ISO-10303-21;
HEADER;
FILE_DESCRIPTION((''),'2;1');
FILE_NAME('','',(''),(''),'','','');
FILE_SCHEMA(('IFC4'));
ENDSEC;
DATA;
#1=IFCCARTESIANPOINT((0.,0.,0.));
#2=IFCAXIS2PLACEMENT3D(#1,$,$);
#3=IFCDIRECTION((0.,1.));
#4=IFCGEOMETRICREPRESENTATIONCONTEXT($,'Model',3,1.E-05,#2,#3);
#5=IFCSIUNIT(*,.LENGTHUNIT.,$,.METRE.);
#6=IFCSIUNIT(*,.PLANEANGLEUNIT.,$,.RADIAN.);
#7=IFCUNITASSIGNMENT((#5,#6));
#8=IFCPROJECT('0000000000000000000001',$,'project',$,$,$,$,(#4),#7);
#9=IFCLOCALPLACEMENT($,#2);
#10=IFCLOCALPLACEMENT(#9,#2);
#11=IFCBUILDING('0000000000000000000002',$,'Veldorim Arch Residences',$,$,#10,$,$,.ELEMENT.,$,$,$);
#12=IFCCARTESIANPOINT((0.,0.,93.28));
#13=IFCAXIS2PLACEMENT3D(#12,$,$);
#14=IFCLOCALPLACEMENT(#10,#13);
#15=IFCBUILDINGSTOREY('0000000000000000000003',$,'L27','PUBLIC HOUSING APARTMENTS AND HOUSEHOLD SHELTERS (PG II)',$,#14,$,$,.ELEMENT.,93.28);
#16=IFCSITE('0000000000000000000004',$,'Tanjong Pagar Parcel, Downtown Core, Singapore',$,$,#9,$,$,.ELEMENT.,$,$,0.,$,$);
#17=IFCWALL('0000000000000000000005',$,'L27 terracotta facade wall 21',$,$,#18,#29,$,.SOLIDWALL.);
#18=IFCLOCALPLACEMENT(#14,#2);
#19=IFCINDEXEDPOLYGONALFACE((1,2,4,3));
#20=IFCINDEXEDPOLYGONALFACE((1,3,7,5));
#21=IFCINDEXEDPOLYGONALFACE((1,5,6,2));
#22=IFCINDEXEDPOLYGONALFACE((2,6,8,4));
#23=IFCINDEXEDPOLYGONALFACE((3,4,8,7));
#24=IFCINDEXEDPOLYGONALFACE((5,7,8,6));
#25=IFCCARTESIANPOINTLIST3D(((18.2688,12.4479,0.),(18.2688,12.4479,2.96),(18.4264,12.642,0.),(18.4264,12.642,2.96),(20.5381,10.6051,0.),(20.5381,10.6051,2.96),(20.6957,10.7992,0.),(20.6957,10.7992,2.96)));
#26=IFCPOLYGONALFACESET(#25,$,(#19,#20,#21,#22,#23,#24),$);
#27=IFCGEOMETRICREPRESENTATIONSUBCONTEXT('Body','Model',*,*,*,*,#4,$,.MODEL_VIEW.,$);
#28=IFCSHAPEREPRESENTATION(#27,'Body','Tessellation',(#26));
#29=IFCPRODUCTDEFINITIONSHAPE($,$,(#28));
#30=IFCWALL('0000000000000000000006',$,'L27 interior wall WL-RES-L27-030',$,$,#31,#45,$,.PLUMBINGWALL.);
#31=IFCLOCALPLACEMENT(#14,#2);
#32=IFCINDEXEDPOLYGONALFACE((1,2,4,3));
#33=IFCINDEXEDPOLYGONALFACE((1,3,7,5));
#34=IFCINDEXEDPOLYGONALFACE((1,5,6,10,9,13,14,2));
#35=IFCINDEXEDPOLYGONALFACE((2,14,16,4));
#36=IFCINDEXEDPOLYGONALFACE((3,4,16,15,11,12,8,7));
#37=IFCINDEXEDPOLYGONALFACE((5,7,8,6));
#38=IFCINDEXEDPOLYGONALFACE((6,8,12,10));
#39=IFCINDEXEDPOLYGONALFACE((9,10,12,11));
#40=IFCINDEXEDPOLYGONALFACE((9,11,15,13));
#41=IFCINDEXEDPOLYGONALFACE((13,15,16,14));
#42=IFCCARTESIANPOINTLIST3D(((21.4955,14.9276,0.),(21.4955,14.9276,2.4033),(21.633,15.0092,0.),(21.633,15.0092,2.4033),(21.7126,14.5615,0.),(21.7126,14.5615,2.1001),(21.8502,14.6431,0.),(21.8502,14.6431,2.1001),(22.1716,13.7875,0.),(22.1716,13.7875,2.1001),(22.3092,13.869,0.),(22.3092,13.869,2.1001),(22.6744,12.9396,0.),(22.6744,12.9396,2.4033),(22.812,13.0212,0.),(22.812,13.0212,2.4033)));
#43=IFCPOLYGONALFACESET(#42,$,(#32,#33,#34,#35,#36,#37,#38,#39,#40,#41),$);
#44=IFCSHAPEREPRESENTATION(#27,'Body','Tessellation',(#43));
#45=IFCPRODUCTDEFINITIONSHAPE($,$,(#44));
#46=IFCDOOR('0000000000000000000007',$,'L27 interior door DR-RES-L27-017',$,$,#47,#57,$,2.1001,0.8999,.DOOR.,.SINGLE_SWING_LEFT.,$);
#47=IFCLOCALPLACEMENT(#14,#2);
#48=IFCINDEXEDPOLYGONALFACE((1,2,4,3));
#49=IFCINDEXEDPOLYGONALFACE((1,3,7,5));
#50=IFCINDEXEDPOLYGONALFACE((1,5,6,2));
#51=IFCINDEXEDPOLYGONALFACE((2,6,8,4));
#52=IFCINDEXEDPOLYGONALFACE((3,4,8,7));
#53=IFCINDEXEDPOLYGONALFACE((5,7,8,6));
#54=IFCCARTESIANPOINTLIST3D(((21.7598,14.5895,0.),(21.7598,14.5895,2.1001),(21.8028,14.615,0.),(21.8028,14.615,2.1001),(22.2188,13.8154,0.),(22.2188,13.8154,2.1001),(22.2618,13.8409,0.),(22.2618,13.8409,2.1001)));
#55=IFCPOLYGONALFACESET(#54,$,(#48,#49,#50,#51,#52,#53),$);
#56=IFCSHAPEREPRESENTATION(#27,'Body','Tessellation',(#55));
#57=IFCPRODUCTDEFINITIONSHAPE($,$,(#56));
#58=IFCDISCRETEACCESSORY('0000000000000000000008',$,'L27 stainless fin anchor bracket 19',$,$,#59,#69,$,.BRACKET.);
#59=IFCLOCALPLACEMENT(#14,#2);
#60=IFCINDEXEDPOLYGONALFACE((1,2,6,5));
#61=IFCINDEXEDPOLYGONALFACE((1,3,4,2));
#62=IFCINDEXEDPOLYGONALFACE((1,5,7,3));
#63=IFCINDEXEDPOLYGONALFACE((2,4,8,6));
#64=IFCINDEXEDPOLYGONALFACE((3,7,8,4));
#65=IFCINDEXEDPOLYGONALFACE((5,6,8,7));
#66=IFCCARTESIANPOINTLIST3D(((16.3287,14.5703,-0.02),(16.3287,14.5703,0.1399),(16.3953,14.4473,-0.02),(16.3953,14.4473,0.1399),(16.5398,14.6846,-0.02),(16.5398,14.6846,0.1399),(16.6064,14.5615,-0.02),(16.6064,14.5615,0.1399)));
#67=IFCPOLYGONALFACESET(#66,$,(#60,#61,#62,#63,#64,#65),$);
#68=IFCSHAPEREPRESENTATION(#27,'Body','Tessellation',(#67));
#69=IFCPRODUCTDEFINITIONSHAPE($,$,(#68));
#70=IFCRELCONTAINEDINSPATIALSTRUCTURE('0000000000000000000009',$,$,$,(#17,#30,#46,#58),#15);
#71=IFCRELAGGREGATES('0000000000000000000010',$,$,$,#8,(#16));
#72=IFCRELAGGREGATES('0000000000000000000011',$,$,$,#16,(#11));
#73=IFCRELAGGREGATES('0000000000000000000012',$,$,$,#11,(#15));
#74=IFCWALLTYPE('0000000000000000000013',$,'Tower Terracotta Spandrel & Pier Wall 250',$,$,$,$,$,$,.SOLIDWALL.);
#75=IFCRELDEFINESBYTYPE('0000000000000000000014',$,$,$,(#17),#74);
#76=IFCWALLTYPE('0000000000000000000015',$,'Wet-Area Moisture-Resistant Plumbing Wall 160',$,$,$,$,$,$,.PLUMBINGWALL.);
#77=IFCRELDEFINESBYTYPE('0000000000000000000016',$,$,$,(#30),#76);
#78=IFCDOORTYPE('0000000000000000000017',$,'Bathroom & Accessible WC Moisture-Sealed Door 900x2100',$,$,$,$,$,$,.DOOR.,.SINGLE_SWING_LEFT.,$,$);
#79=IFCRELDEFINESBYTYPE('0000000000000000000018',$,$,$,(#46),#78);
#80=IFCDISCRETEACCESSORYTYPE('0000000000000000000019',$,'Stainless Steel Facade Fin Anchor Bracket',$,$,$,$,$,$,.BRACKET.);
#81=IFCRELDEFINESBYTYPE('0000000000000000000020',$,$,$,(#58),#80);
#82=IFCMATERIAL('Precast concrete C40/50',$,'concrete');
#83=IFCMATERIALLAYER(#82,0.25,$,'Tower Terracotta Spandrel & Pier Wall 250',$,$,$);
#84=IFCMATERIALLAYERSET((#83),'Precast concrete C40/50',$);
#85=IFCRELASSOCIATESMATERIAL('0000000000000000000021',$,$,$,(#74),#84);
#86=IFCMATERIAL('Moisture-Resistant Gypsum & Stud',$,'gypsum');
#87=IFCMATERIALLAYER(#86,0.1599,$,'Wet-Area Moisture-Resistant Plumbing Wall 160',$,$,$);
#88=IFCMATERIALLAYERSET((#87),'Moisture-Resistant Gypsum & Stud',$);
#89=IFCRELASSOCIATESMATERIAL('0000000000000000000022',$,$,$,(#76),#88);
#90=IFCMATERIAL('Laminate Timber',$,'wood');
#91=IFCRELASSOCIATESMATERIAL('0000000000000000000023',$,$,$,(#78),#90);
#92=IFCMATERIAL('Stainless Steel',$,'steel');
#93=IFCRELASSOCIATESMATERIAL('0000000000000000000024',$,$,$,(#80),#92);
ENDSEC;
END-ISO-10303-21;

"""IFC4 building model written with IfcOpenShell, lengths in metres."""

from ifc_helpers import new_model, si_unit, direction, frame, frame_2d, origin, origin_2d, place, context, subcontext, project, spatial, rectangle, extrude, material, layer, layer_set, type_object, element, fill, save


model = new_model("IFC4")

# Units and contexts
model_context = context("Model", 3, precision=1e-05, world=origin(), true_north=direction((0.0, 1.0)))
body_context = subcontext(model_context, "Body", "Model", "MODEL_VIEW")
ifc_project = project(units=[si_unit("LENGTHUNIT", "METRE"), si_unit("PLANEANGLEUNIT", "RADIAN")], contexts=[model_context])

# Site, building, storey
site_placement = place(None, origin())
site = spatial("IfcSite", under=ifc_project, at=site_placement, Name="Tanjong Pagar Parcel, Downtown Core, Singapore", CompositionType="ELEMENT", RefElevation=0.0)
building_placement = place(site_placement, origin())
building = spatial("IfcBuilding", under=site, at=building_placement, Name="Veldorim Arch Residences", CompositionType="ELEMENT")
storey_placement = place(building_placement, frame((0.0, 0.0, 93.28)))
storey = spatial("IfcBuildingStorey", under=building, at=storey_placement, Name="L27", Description="PUBLIC HOUSING APARTMENTS AND HOUSEHOLD SHELTERS (PG II)", CompositionType="ELEMENT", Elevation=93.28)

# Shared definitions
ifc_material_1 = material(Name="Precast concrete C40/50", Category="concrete")
ifc_layer_1 = layer(ifc_material_1, 0.25, Name="Tower Terracotta Spandrel & Pier Wall 250")
ifc_layer_set_1 = layer_set([ifc_layer_1], Name="Precast concrete C40/50")
wall_type_1 = type_object("IfcWallType", Name="Tower Terracotta Spandrel & Pier Wall 250", PredefinedType="SOLIDWALL", material=ifc_layer_set_1)

# Wall
wall_1_placement = place(storey_placement, frame((20.6169, 10.7021, 0.0), z_axis=(0.0, 0.0, 1.0), x_axis=(-0.776285, 0.630382, 0.0)))
element("IfcWall", 1, at=wall_1_placement, inside=storey, type_object=wall_type_1, Name="L27 terracotta facade wall 21", PredefinedType="SOLIDWALL", context=body_context, shape_type="SweptSolid", body=[
    extrude(rectangle(XDim=2.9233, YDim=0.25, at=frame_2d((1.4617, 0.0))), origin(), (0.0, 0.0, 1.0), 2.96),
])

# Wall, opening, door
ifc_material_2 = material(Name="Moisture-Resistant Gypsum & Stud", Category="gypsum")
ifc_layer_2 = layer(ifc_material_2, 0.1599, Name="Wet-Area Moisture-Resistant Plumbing Wall 160")
ifc_layer_set_2 = layer_set([ifc_layer_2], Name="Moisture-Resistant Gypsum & Stud")
wall_type_2 = type_object("IfcWallType", Name="Wet-Area Moisture-Resistant Plumbing Wall 160", PredefinedType="PLUMBINGWALL", material=ifc_layer_set_2)
wall_2_placement = place(storey_placement, frame((21.5642, 14.9685, 0.0), z_axis=(0.0, 0.0, 1.0), x_axis=(0.510077, -0.860128, 0.0)))
wall_2 = element("IfcWall", 2, at=wall_2_placement, inside=storey, type_object=wall_type_2, Name="L27 interior wall WL-RES-L27-030", PredefinedType="PLUMBINGWALL", context=body_context, shape_type="SweptSolid", body=[
    extrude(rectangle(XDim=2.3113, YDim=0.1599, at=frame_2d((1.1558, 0.0))), origin(), (0.0, 0.0, 1.0), 2.4033),
])
opening_1_placement = place(wall_2_placement, frame((0.4258, 0.0, 0.0)))
opening_1 = element("IfcOpeningElement", 3, at=opening_1_placement, cuts=wall_2, PredefinedType="OPENING", context=body_context, shape_type="SweptSolid", body=[
    extrude(rectangle(XDim=0.8999, YDim=2.1001, at=frame_2d((0.45, 1.05))), frame((0.0, 0.0898, 0.0), z_axis=(0.0, -1.0, 0.0), x_axis=(1.0, 0.0, 0.0)), (0.0, 0.0, 1.0), 0.1799),
])
ifc_material_3 = material(Name="Laminate Timber", Category="wood")
door_type_1 = type_object("IfcDoorType", Name="Bathroom & Accessible WC Moisture-Sealed Door 900x2100", OperationType="SINGLE_SWING_LEFT", PredefinedType="DOOR", material=ifc_material_3)
door_1_placement = place(opening_1_placement, origin())
door_1 = element("IfcDoor", 4, at=door_1_placement, inside=storey, type_object=door_type_1, Name="L27 interior door DR-RES-L27-017", OperationType="SINGLE_SWING_LEFT", OverallHeight=2.1001, OverallWidth=0.8999, PredefinedType="DOOR", context=body_context, shape_type="SweptSolid", body=[
    extrude(rectangle(XDim=0.8999, YDim=2.1001, at=frame_2d((0.45, 1.05))), frame((0.0, 0.0249, 0.0), z_axis=(0.0, -1.0, 0.0), x_axis=(1.0, 0.0, 0.0)), (0.0, 0.0, 1.0), 0.05),
])
fill(opening_1, door_1)

# Discrete accessory
ifc_material_4 = material(Name="Stainless Steel", Category="steel")
discrete_accessory_type = type_object("IfcDiscreteAccessoryType", Name="Stainless Steel Facade Fin Anchor Bracket", PredefinedType="BRACKET", material=ifc_material_4)
discrete_accessory_placement = place(storey_placement, frame((16.4675, 14.5659, -0.02), z_axis=(0.0, 0.0, 1.0), x_axis=(-0.476085, 0.879399, 0.0)))
element("IfcDiscreteAccessory", 5, at=discrete_accessory_placement, inside=storey, type_object=discrete_accessory_type, Name="L27 stainless fin anchor bracket 19", PredefinedType="BRACKET", context=body_context, shape_type="SweptSolid", body=[
    extrude(rectangle(XDim=0.1399, YDim=0.24, at=origin_2d()), origin(), (0.0, 0.0, 1.0), 0.1599),
])

save(model, "model.ifc")
